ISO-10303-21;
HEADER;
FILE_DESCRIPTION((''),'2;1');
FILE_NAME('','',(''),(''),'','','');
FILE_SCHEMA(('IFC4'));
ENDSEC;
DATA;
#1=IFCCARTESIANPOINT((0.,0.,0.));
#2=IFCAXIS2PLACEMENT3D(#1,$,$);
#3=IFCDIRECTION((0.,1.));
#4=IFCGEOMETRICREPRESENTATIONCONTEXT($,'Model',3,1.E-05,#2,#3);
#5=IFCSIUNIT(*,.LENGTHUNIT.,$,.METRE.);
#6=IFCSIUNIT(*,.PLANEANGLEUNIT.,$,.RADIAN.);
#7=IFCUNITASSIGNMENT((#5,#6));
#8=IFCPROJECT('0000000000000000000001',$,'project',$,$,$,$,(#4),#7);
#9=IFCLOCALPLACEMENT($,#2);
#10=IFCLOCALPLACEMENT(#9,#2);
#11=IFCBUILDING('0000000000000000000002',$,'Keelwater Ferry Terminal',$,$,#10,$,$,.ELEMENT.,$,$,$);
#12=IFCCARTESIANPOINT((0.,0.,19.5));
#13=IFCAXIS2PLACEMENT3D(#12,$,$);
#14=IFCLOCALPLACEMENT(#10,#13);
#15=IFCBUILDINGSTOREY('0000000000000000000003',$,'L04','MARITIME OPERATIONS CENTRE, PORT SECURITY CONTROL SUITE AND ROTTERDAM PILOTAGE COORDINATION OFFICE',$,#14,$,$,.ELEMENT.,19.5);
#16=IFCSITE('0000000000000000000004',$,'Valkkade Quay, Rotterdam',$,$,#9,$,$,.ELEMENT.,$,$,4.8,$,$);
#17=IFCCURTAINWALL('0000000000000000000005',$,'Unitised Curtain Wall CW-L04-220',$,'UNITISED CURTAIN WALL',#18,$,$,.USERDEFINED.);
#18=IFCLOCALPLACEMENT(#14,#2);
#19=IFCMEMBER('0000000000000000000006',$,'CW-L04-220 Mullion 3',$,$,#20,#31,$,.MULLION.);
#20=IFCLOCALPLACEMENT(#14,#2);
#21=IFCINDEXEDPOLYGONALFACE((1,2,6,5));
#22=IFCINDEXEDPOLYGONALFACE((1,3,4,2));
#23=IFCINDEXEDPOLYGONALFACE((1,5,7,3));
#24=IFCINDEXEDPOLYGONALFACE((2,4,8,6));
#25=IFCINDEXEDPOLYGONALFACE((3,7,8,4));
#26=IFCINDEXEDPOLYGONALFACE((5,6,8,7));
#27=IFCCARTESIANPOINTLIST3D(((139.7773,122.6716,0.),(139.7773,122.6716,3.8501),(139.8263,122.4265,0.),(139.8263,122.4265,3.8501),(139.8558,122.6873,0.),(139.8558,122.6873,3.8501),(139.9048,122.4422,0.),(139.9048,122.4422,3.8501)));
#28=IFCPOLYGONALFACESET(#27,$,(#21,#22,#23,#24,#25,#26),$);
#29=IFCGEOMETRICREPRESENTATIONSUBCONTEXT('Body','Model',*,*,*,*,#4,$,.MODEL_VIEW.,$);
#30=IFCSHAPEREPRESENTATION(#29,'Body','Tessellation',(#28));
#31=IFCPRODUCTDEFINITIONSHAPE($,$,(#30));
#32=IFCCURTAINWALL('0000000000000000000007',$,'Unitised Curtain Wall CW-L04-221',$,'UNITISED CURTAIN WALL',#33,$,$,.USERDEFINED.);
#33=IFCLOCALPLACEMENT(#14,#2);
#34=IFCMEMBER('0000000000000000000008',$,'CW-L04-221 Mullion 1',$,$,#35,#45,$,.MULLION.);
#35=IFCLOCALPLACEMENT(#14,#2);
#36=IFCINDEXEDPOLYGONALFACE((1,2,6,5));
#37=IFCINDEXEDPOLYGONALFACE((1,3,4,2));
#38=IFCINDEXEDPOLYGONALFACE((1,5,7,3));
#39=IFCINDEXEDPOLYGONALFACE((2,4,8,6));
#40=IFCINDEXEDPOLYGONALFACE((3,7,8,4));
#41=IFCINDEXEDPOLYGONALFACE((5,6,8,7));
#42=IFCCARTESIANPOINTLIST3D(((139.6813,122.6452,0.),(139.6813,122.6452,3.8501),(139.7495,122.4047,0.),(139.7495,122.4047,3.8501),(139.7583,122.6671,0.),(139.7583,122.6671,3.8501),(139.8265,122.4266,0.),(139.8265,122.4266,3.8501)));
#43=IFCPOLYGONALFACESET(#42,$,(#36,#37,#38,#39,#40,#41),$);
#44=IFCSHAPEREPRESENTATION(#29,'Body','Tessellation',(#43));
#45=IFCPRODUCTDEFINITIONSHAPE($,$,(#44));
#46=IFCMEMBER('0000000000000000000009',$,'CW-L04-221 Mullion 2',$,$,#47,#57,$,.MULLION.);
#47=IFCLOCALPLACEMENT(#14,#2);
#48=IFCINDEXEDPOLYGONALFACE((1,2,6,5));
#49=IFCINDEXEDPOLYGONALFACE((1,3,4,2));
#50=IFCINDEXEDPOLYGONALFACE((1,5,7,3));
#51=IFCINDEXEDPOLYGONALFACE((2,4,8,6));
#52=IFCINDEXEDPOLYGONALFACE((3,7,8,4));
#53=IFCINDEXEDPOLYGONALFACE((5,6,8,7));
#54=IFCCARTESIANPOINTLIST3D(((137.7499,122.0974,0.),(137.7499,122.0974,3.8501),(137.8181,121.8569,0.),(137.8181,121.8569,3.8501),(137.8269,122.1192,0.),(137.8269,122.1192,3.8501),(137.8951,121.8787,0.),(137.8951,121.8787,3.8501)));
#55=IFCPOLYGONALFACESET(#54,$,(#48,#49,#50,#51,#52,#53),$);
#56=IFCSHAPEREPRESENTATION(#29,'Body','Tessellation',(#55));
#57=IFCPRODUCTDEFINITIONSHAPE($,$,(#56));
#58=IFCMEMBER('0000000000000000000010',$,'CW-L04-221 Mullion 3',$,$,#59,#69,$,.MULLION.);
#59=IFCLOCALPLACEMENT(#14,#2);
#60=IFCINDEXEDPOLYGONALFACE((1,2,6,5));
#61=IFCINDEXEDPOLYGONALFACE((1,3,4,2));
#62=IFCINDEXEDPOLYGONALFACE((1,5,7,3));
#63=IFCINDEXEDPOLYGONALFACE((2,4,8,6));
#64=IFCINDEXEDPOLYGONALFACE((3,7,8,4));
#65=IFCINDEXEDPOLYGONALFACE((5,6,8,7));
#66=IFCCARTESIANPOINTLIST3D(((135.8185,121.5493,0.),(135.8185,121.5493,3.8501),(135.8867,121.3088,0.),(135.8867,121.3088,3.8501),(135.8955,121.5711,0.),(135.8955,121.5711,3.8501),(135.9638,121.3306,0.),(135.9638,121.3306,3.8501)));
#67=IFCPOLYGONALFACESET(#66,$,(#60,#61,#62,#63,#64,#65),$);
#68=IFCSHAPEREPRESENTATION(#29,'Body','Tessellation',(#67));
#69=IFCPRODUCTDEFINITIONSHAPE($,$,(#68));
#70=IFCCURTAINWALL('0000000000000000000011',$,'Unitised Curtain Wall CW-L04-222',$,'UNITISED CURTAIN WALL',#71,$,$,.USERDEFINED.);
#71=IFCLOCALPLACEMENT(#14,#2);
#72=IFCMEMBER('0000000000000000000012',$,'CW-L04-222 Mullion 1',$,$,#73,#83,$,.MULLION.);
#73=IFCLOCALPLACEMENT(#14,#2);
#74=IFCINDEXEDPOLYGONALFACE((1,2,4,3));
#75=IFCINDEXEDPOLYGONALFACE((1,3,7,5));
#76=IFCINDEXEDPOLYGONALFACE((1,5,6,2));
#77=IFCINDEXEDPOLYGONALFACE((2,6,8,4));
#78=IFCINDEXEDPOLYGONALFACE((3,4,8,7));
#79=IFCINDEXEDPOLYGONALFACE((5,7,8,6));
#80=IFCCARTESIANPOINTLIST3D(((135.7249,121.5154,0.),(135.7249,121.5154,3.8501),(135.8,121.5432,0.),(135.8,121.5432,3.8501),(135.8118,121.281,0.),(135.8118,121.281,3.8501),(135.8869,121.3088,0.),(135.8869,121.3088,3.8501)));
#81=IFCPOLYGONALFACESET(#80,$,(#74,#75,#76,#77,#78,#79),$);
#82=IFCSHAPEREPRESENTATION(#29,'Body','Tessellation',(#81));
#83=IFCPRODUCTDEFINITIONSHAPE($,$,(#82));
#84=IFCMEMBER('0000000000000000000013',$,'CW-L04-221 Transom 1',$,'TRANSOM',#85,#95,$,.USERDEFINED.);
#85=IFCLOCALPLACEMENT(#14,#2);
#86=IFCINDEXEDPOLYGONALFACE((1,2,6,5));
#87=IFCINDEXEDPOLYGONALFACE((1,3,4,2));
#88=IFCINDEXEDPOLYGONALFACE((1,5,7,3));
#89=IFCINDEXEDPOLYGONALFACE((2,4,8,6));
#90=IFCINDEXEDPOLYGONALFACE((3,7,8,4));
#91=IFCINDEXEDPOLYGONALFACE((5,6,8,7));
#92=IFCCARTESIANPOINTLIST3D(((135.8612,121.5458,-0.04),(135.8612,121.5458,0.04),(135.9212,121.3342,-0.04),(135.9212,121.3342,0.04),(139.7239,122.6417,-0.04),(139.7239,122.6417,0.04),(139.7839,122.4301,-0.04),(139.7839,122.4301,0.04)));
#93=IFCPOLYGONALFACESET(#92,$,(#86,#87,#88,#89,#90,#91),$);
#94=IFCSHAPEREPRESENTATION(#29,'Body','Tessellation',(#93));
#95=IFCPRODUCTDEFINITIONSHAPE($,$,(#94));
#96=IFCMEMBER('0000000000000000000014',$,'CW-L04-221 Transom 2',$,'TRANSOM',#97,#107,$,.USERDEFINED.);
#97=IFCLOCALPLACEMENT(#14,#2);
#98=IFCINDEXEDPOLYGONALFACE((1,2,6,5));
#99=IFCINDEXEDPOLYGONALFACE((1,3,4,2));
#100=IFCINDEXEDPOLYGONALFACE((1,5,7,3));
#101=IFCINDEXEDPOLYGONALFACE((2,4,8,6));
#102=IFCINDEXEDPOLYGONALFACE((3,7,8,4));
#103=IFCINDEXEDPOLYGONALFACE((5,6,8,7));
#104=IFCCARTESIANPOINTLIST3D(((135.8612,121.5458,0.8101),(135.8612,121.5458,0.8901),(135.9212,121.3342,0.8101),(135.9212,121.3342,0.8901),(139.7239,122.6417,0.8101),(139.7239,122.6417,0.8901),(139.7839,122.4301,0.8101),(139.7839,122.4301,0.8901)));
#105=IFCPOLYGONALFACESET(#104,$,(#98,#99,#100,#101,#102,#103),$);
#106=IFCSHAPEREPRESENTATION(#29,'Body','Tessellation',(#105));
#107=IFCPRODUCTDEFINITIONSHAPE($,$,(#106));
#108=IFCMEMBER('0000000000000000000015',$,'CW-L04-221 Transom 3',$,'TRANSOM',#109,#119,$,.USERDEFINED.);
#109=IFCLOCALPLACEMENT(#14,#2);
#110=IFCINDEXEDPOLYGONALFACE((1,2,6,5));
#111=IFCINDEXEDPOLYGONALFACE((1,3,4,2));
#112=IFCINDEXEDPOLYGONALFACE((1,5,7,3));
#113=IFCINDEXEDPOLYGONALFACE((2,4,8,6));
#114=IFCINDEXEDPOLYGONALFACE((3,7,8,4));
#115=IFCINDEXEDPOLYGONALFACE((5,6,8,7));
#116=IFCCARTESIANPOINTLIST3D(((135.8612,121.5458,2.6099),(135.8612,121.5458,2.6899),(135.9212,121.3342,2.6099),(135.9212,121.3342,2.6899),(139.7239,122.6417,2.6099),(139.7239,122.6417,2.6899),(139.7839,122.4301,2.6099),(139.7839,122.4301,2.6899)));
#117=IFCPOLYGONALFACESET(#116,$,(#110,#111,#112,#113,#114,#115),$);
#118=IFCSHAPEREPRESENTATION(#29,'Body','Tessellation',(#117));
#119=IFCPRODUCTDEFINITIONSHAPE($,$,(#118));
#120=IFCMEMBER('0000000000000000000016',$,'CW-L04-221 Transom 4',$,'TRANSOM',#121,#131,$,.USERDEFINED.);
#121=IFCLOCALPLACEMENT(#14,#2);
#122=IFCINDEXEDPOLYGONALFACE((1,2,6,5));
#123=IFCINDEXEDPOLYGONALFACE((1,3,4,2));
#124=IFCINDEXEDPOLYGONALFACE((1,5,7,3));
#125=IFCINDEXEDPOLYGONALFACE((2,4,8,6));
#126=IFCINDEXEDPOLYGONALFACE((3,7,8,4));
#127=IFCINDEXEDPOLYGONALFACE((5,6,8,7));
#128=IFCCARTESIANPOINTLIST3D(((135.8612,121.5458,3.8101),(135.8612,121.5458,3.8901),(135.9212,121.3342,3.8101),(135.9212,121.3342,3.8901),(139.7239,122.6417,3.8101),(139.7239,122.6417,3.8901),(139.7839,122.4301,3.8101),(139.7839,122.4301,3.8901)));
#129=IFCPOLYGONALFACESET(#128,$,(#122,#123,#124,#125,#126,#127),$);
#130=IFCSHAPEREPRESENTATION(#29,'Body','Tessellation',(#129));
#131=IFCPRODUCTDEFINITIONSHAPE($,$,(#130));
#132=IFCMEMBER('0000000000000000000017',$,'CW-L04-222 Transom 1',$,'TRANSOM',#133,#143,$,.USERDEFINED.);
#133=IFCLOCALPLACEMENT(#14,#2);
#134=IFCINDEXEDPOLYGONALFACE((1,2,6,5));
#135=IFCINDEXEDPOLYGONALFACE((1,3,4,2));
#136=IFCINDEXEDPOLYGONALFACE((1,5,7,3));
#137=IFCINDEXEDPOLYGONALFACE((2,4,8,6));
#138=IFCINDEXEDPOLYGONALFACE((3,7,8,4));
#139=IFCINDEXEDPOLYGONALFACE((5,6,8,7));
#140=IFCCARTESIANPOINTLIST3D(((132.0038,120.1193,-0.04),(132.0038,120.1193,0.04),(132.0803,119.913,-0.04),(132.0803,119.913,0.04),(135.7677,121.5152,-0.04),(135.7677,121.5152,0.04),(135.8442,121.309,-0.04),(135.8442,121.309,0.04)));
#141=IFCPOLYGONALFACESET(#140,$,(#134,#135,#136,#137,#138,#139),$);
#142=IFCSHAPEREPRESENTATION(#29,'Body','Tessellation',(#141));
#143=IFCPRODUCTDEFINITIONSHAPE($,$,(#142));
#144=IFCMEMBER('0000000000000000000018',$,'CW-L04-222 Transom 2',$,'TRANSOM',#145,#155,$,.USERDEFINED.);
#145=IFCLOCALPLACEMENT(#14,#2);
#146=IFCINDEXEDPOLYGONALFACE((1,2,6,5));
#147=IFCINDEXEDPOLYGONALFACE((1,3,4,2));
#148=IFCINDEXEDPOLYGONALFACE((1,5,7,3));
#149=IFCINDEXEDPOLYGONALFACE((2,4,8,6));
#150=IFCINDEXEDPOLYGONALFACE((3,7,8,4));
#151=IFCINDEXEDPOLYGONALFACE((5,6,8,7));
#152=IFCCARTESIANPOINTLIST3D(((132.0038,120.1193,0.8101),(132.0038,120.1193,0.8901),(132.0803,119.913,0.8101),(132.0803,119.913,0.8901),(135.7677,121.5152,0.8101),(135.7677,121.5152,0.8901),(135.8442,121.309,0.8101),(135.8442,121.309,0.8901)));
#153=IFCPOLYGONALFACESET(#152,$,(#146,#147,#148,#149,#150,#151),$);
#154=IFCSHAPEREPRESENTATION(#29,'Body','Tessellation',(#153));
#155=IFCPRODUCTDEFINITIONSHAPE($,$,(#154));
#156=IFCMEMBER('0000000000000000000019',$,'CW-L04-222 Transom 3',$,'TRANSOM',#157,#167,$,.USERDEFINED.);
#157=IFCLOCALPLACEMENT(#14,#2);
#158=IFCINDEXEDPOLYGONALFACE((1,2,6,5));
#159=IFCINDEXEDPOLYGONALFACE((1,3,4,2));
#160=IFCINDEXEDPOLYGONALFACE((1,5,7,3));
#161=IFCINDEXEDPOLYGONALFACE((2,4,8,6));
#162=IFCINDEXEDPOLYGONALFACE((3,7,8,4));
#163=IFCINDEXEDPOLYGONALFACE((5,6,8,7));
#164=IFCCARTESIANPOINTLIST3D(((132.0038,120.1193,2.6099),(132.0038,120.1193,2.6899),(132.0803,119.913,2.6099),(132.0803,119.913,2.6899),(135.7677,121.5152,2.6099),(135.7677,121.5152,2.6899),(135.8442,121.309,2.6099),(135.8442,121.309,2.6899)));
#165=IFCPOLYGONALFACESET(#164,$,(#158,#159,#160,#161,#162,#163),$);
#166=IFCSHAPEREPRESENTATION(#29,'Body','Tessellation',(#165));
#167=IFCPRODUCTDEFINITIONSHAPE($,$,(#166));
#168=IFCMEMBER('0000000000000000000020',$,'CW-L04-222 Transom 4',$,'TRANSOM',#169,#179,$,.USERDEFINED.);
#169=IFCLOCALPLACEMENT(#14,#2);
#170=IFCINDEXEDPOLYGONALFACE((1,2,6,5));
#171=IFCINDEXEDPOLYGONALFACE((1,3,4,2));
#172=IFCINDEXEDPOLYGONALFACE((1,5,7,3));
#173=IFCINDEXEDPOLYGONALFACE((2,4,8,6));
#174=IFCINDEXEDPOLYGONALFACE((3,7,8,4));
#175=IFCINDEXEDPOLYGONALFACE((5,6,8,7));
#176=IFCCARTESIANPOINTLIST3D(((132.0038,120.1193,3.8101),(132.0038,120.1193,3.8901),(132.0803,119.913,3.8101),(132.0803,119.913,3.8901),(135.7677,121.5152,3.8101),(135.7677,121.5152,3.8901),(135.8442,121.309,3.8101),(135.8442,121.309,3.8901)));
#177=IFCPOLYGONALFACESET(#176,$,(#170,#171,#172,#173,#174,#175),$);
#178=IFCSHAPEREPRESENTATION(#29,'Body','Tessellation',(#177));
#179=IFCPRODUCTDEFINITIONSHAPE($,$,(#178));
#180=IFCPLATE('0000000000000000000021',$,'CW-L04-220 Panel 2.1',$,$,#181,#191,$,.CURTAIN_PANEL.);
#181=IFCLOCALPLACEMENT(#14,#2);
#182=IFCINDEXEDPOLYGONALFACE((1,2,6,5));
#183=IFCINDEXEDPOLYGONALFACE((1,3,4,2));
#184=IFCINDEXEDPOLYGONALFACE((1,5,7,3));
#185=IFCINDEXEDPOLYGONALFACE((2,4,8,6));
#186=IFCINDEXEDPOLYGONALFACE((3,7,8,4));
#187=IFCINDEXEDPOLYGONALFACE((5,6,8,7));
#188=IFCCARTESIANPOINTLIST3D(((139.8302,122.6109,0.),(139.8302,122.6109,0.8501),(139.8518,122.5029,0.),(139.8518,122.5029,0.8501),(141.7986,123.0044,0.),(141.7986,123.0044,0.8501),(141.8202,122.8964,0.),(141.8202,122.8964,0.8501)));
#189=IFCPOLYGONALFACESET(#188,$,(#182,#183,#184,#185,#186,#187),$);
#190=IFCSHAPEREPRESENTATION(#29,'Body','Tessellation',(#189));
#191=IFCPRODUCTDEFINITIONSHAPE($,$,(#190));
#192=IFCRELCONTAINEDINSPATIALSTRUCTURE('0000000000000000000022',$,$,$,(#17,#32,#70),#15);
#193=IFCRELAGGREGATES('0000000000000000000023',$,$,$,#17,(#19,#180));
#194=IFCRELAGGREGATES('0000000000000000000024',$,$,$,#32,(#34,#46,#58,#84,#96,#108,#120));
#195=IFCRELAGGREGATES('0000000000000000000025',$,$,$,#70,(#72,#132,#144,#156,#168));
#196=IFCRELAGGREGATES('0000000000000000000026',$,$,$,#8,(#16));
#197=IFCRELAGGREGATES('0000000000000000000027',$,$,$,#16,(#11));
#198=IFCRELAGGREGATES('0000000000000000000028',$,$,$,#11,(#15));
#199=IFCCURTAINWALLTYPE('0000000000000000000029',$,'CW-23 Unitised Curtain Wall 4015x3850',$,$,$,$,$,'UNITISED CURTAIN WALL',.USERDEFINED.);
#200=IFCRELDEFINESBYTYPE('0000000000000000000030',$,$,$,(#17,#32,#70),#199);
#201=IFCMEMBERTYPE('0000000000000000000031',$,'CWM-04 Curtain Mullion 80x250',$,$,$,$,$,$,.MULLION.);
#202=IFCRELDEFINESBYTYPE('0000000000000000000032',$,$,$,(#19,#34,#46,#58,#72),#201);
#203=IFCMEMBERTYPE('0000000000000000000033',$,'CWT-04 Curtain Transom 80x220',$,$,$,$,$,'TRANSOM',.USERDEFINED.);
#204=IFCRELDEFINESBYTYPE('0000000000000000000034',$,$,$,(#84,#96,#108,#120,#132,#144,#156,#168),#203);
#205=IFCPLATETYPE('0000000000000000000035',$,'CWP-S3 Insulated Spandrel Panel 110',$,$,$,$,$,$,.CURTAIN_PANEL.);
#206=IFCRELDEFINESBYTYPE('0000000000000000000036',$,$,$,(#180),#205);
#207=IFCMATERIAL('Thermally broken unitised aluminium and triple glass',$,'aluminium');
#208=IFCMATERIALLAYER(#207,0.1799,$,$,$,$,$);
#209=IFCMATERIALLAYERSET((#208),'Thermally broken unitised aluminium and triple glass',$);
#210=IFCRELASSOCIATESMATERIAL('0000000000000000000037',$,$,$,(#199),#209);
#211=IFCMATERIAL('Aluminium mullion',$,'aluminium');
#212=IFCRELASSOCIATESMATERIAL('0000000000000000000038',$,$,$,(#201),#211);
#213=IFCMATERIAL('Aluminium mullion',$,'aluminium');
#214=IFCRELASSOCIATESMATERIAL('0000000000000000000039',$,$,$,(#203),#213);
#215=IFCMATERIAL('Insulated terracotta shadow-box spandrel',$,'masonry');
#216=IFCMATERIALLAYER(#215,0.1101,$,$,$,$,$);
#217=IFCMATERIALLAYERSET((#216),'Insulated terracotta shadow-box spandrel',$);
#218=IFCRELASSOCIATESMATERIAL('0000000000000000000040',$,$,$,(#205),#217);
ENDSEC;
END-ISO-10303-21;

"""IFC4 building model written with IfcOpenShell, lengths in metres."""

from ifc_helpers import new_model, si_unit, direction, frame, origin, origin_2d, place, context, subcontext, project, spatial, rectangle, extrude, material, layer, layer_set, material_profile, profile_set, type_object, element, aggregate, save


model = new_model("IFC4")

# Units and contexts
model_context = context("Model", 3, precision=1e-05, world=origin(), true_north=direction((0.0, 1.0)))
body_context = subcontext(model_context, "Body", "Model", "MODEL_VIEW")
ifc_project = project(units=[si_unit("LENGTHUNIT", "METRE"), si_unit("PLANEANGLEUNIT", "RADIAN")], contexts=[model_context])

# Site, building, storey
site_placement = place(None, origin())
site = spatial("IfcSite", under=ifc_project, at=site_placement, Name="Valkkade Quay, Rotterdam", CompositionType="ELEMENT", RefElevation=4.8)
building_placement = place(site_placement, origin())
building = spatial("IfcBuilding", under=site, at=building_placement, Name="Keelwater Ferry Terminal", CompositionType="ELEMENT")
storey_placement = place(building_placement, frame((0.0, 0.0, 19.5)))
storey = spatial("IfcBuildingStorey", under=building, at=storey_placement, Name="L04", Description="MARITIME OPERATIONS CENTRE, PORT SECURITY CONTROL SUITE AND ROTTERDAM PILOTAGE COORDINATION OFFICE", CompositionType="ELEMENT", Elevation=19.5)

# Curtain wall, member
ifc_material_1 = material(Name="Thermally broken unitised aluminium and triple glass", Category="aluminium")
ifc_layer_1 = layer(ifc_material_1, 0.1799)
ifc_layer_set_1 = layer_set([ifc_layer_1], Name="Thermally broken unitised aluminium and triple glass")
curtain_wall_type = type_object("IfcCurtainWallType", Name="CW-23 Unitised Curtain Wall 4015x3850", ElementType="UNITISED CURTAIN WALL", PredefinedType="USERDEFINED", material=ifc_layer_set_1)
curtain_wall_1_placement = place(storey_placement, origin())
curtain_wall_1 = element("IfcCurtainWall", 1, at=curtain_wall_1_placement, inside=storey, type_object=curtain_wall_type, Name="Unitised Curtain Wall CW-L04-220", ObjectType="UNITISED CURTAIN WALL", PredefinedType="USERDEFINED")
ifc_material_2 = material(Name="Aluminium mullion", Category="aluminium")
ifc_material_profile_1 = material_profile(ifc_material_2, rectangle(XDim=0.0801, YDim=0.25, at=origin_2d()), Name="CWM-04")
ifc_profile_set_1 = profile_set([ifc_material_profile_1], Name="Aluminium mullion")
member_type_1 = type_object("IfcMemberType", Name="CWM-04 Curtain Mullion 80x250", PredefinedType="MULLION", material=ifc_profile_set_1)
member_1_placement = place(storey_placement, frame((139.8411, 122.5569, 0.0), z_axis=(0.0, 0.0, 1.0), x_axis=(-0.9806, -0.19602, 0.0)))
member_1 = element("IfcMember", 2, at=member_1_placement, type_object=member_type_1, Name="CW-L04-220 Mullion 3", PredefinedType="MULLION", context=body_context, shape_type="SweptSolid", body=[
    extrude(rectangle(XDim=0.0801, YDim=0.25, at=origin_2d()), origin(), (0.0, 0.0, 1.0), 3.8501),
])

# Curtain wall, members
curtain_wall_2_placement = place(storey_placement, origin())
curtain_wall_2 = element("IfcCurtainWall", 3, at=curtain_wall_2_placement, inside=storey, type_object=curtain_wall_type, Name="Unitised Curtain Wall CW-L04-221", ObjectType="UNITISED CURTAIN WALL", PredefinedType="USERDEFINED")
member_2_placement = place(storey_placement, frame((139.7539, 122.5359, 0.0), z_axis=(0.0, 0.0, 1.0), x_axis=(-0.96203, -0.272945, 0.0)))
member_2 = element("IfcMember", 4, at=member_2_placement, type_object=member_type_1, Name="CW-L04-221 Mullion 1", PredefinedType="MULLION", context=body_context, shape_type="SweptSolid", body=[
    extrude(rectangle(XDim=0.0801, YDim=0.25, at=origin_2d()), origin(), (0.0, 0.0, 1.0), 3.8501),
])
member_3_placement = place(storey_placement, frame((137.8225, 121.988, 0.0), z_axis=(0.0, 0.0, 1.0), x_axis=(-0.96203, -0.272945, 0.0)))
member_3 = element("IfcMember", 5, at=member_3_placement, type_object=member_type_1, Name="CW-L04-221 Mullion 2", PredefinedType="MULLION", context=body_context, shape_type="SweptSolid", body=[
    extrude(rectangle(XDim=0.0801, YDim=0.25, at=origin_2d()), origin(), (0.0, 0.0, 1.0), 3.8501),
])
member_4_placement = place(storey_placement, frame((135.8911, 121.4399, 0.0), z_axis=(0.0, 0.0, 1.0), x_axis=(-0.96203, -0.272945, 0.0)))
member_4 = element("IfcMember", 6, at=member_4_placement, type_object=member_type_1, Name="CW-L04-221 Mullion 3", PredefinedType="MULLION", context=body_context, shape_type="SweptSolid", body=[
    extrude(rectangle(XDim=0.0801, YDim=0.25, at=origin_2d()), origin(), (0.0, 0.0, 1.0), 3.8501),
])

# Curtain wall, member
curtain_wall_3_placement = place(storey_placement, origin())
curtain_wall_3 = element("IfcCurtainWall", 7, at=curtain_wall_3_placement, inside=storey, type_object=curtain_wall_type, Name="Unitised Curtain Wall CW-L04-222", ObjectType="UNITISED CURTAIN WALL", PredefinedType="USERDEFINED")
member_5_placement = place(storey_placement, frame((135.8059, 121.4121, 0.0), z_axis=(0.0, 0.0, 1.0), x_axis=(-0.937592, -0.347736, 0.0)))
member_5 = element("IfcMember", 8, at=member_5_placement, type_object=member_type_1, Name="CW-L04-222 Mullion 1", PredefinedType="MULLION", context=body_context, shape_type="SweptSolid", body=[
    extrude(rectangle(XDim=0.0801, YDim=0.25, at=origin_2d()), origin(), (0.0, 0.0, 1.0), 3.8501),
])

# Members
ifc_material_3 = material(Name="Aluminium mullion", Category="aluminium")
ifc_material_profile_2 = material_profile(ifc_material_3, rectangle(XDim=0.22, YDim=0.0801, at=origin_2d()), Name="CWT-04")
ifc_profile_set_2 = profile_set([ifc_material_profile_2], Name="Aluminium mullion")
member_type_2 = type_object("IfcMemberType", Name="CWT-04 Curtain Transom 80x220", ElementType="TRANSOM", PredefinedType="USERDEFINED", material=ifc_profile_set_2)
member_6_placement = place(storey_placement, frame((139.7539, 122.5359, 0.0), z_axis=(-0.962029, -0.272946, 0.0), x_axis=(0.272946, -0.962029, 0.0)))
member_6 = element("IfcMember", 9, at=member_6_placement, type_object=member_type_2, Name="CW-L04-221 Transom 1", ObjectType="TRANSOM", PredefinedType="USERDEFINED", context=body_context, shape_type="SweptSolid", body=[
    extrude(rectangle(XDim=0.22, YDim=0.0801, at=origin_2d()), origin(), (0.0, 0.0, 1.0), 4.0151),
])
member_7_placement = place(storey_placement, frame((139.7539, 122.5359, 0.8501), z_axis=(-0.962029, -0.272946, 0.0), x_axis=(0.272946, -0.962029, 0.0)))
member_7 = element("IfcMember", 10, at=member_7_placement, type_object=member_type_2, Name="CW-L04-221 Transom 2", ObjectType="TRANSOM", PredefinedType="USERDEFINED", context=body_context, shape_type="SweptSolid", body=[
    extrude(rectangle(XDim=0.22, YDim=0.0801, at=origin_2d()), origin(), (0.0, 0.0, 1.0), 4.0151),
])
member_8_placement = place(storey_placement, frame((139.7539, 122.5359, 2.6499), z_axis=(-0.962029, -0.272946, 0.0), x_axis=(0.272946, -0.962029, 0.0)))
member_8 = element("IfcMember", 11, at=member_8_placement, type_object=member_type_2, Name="CW-L04-221 Transom 3", ObjectType="TRANSOM", PredefinedType="USERDEFINED", context=body_context, shape_type="SweptSolid", body=[
    extrude(rectangle(XDim=0.22, YDim=0.0801, at=origin_2d()), origin(), (0.0, 0.0, 1.0), 4.0151),
])
member_9_placement = place(storey_placement, frame((139.7539, 122.5359, 3.8501), z_axis=(-0.962029, -0.272946, 0.0), x_axis=(0.272946, -0.962029, 0.0)))
member_9 = element("IfcMember", 12, at=member_9_placement, type_object=member_type_2, Name="CW-L04-221 Transom 4", ObjectType="TRANSOM", PredefinedType="USERDEFINED", context=body_context, shape_type="SweptSolid", body=[
    extrude(rectangle(XDim=0.22, YDim=0.0801, at=origin_2d()), origin(), (0.0, 0.0, 1.0), 4.0151),
])
member_10_placement = place(storey_placement, frame((135.8059, 121.4121, 0.0), z_axis=(-0.93759, -0.347742, 0.0), x_axis=(0.347742, -0.93759, 0.0)))
member_10 = element("IfcMember", 13, at=member_10_placement, type_object=member_type_2, Name="CW-L04-222 Transom 1", ObjectType="TRANSOM", PredefinedType="USERDEFINED", context=body_context, shape_type="SweptSolid", body=[
    extrude(rectangle(XDim=0.22, YDim=0.0801, at=origin_2d()), origin(), (0.0, 0.0, 1.0), 4.0144),
])
member_11_placement = place(storey_placement, frame((135.8059, 121.4121, 0.8501), z_axis=(-0.93759, -0.347742, 0.0), x_axis=(0.347742, -0.93759, 0.0)))
member_11 = element("IfcMember", 14, at=member_11_placement, type_object=member_type_2, Name="CW-L04-222 Transom 2", ObjectType="TRANSOM", PredefinedType="USERDEFINED", context=body_context, shape_type="SweptSolid", body=[
    extrude(rectangle(XDim=0.22, YDim=0.0801, at=origin_2d()), origin(), (0.0, 0.0, 1.0), 4.0144),
])
member_12_placement = place(storey_placement, frame((135.8059, 121.4121, 2.6499), z_axis=(-0.93759, -0.347742, 0.0), x_axis=(0.347742, -0.93759, 0.0)))
member_12 = element("IfcMember", 15, at=member_12_placement, type_object=member_type_2, Name="CW-L04-222 Transom 3", ObjectType="TRANSOM", PredefinedType="USERDEFINED", context=body_context, shape_type="SweptSolid", body=[
    extrude(rectangle(XDim=0.22, YDim=0.0801, at=origin_2d()), origin(), (0.0, 0.0, 1.0), 4.0144),
])
member_13_placement = place(storey_placement, frame((135.8059, 121.4121, 3.8501), z_axis=(-0.93759, -0.347742, 0.0), x_axis=(0.347742, -0.93759, 0.0)))
member_13 = element("IfcMember", 16, at=member_13_placement, type_object=member_type_2, Name="CW-L04-222 Transom 4", ObjectType="TRANSOM", PredefinedType="USERDEFINED", context=body_context, shape_type="SweptSolid", body=[
    extrude(rectangle(XDim=0.22, YDim=0.0801, at=origin_2d()), origin(), (0.0, 0.0, 1.0), 4.0144),
])

# Plate
ifc_material_4 = material(Name="Insulated terracotta shadow-box spandrel", Category="masonry")
ifc_layer_2 = layer(ifc_material_4, 0.1101)
ifc_layer_set_2 = layer_set([ifc_layer_2], Name="Insulated terracotta shadow-box spandrel")
plate_type_1 = type_object("IfcPlateType", Name="CWP-S3 Insulated Spandrel Panel 110", PredefinedType="CURTAIN_PANEL", material=ifc_layer_set_2)
plate_1_placement = place(storey_placement, frame((140.8252, 122.7537, 0.0), z_axis=(0.0, 0.0, 1.0), x_axis=(-0.9806, -0.19602, 0.0)))
plate_1 = element("IfcPlate", 17, at=plate_1_placement, type_object=plate_type_1, Name="CW-L04-220 Panel 2.1", PredefinedType="CURTAIN_PANEL", context=body_context, shape_type="SweptSolid", body=[
    extrude(rectangle(XDim=2.0073, YDim=0.1101, at=origin_2d()), origin(), (0.0, 0.0, 1.0), 0.8501),
])
aggregate(curtain_wall_1, [member_1, plate_1])
aggregate(curtain_wall_2, [member_2, member_3, member_4, member_6, member_7, member_8, member_9])
aggregate(curtain_wall_3, [member_5, member_10, member_11, member_12, member_13])

save(model, "model.ifc")
